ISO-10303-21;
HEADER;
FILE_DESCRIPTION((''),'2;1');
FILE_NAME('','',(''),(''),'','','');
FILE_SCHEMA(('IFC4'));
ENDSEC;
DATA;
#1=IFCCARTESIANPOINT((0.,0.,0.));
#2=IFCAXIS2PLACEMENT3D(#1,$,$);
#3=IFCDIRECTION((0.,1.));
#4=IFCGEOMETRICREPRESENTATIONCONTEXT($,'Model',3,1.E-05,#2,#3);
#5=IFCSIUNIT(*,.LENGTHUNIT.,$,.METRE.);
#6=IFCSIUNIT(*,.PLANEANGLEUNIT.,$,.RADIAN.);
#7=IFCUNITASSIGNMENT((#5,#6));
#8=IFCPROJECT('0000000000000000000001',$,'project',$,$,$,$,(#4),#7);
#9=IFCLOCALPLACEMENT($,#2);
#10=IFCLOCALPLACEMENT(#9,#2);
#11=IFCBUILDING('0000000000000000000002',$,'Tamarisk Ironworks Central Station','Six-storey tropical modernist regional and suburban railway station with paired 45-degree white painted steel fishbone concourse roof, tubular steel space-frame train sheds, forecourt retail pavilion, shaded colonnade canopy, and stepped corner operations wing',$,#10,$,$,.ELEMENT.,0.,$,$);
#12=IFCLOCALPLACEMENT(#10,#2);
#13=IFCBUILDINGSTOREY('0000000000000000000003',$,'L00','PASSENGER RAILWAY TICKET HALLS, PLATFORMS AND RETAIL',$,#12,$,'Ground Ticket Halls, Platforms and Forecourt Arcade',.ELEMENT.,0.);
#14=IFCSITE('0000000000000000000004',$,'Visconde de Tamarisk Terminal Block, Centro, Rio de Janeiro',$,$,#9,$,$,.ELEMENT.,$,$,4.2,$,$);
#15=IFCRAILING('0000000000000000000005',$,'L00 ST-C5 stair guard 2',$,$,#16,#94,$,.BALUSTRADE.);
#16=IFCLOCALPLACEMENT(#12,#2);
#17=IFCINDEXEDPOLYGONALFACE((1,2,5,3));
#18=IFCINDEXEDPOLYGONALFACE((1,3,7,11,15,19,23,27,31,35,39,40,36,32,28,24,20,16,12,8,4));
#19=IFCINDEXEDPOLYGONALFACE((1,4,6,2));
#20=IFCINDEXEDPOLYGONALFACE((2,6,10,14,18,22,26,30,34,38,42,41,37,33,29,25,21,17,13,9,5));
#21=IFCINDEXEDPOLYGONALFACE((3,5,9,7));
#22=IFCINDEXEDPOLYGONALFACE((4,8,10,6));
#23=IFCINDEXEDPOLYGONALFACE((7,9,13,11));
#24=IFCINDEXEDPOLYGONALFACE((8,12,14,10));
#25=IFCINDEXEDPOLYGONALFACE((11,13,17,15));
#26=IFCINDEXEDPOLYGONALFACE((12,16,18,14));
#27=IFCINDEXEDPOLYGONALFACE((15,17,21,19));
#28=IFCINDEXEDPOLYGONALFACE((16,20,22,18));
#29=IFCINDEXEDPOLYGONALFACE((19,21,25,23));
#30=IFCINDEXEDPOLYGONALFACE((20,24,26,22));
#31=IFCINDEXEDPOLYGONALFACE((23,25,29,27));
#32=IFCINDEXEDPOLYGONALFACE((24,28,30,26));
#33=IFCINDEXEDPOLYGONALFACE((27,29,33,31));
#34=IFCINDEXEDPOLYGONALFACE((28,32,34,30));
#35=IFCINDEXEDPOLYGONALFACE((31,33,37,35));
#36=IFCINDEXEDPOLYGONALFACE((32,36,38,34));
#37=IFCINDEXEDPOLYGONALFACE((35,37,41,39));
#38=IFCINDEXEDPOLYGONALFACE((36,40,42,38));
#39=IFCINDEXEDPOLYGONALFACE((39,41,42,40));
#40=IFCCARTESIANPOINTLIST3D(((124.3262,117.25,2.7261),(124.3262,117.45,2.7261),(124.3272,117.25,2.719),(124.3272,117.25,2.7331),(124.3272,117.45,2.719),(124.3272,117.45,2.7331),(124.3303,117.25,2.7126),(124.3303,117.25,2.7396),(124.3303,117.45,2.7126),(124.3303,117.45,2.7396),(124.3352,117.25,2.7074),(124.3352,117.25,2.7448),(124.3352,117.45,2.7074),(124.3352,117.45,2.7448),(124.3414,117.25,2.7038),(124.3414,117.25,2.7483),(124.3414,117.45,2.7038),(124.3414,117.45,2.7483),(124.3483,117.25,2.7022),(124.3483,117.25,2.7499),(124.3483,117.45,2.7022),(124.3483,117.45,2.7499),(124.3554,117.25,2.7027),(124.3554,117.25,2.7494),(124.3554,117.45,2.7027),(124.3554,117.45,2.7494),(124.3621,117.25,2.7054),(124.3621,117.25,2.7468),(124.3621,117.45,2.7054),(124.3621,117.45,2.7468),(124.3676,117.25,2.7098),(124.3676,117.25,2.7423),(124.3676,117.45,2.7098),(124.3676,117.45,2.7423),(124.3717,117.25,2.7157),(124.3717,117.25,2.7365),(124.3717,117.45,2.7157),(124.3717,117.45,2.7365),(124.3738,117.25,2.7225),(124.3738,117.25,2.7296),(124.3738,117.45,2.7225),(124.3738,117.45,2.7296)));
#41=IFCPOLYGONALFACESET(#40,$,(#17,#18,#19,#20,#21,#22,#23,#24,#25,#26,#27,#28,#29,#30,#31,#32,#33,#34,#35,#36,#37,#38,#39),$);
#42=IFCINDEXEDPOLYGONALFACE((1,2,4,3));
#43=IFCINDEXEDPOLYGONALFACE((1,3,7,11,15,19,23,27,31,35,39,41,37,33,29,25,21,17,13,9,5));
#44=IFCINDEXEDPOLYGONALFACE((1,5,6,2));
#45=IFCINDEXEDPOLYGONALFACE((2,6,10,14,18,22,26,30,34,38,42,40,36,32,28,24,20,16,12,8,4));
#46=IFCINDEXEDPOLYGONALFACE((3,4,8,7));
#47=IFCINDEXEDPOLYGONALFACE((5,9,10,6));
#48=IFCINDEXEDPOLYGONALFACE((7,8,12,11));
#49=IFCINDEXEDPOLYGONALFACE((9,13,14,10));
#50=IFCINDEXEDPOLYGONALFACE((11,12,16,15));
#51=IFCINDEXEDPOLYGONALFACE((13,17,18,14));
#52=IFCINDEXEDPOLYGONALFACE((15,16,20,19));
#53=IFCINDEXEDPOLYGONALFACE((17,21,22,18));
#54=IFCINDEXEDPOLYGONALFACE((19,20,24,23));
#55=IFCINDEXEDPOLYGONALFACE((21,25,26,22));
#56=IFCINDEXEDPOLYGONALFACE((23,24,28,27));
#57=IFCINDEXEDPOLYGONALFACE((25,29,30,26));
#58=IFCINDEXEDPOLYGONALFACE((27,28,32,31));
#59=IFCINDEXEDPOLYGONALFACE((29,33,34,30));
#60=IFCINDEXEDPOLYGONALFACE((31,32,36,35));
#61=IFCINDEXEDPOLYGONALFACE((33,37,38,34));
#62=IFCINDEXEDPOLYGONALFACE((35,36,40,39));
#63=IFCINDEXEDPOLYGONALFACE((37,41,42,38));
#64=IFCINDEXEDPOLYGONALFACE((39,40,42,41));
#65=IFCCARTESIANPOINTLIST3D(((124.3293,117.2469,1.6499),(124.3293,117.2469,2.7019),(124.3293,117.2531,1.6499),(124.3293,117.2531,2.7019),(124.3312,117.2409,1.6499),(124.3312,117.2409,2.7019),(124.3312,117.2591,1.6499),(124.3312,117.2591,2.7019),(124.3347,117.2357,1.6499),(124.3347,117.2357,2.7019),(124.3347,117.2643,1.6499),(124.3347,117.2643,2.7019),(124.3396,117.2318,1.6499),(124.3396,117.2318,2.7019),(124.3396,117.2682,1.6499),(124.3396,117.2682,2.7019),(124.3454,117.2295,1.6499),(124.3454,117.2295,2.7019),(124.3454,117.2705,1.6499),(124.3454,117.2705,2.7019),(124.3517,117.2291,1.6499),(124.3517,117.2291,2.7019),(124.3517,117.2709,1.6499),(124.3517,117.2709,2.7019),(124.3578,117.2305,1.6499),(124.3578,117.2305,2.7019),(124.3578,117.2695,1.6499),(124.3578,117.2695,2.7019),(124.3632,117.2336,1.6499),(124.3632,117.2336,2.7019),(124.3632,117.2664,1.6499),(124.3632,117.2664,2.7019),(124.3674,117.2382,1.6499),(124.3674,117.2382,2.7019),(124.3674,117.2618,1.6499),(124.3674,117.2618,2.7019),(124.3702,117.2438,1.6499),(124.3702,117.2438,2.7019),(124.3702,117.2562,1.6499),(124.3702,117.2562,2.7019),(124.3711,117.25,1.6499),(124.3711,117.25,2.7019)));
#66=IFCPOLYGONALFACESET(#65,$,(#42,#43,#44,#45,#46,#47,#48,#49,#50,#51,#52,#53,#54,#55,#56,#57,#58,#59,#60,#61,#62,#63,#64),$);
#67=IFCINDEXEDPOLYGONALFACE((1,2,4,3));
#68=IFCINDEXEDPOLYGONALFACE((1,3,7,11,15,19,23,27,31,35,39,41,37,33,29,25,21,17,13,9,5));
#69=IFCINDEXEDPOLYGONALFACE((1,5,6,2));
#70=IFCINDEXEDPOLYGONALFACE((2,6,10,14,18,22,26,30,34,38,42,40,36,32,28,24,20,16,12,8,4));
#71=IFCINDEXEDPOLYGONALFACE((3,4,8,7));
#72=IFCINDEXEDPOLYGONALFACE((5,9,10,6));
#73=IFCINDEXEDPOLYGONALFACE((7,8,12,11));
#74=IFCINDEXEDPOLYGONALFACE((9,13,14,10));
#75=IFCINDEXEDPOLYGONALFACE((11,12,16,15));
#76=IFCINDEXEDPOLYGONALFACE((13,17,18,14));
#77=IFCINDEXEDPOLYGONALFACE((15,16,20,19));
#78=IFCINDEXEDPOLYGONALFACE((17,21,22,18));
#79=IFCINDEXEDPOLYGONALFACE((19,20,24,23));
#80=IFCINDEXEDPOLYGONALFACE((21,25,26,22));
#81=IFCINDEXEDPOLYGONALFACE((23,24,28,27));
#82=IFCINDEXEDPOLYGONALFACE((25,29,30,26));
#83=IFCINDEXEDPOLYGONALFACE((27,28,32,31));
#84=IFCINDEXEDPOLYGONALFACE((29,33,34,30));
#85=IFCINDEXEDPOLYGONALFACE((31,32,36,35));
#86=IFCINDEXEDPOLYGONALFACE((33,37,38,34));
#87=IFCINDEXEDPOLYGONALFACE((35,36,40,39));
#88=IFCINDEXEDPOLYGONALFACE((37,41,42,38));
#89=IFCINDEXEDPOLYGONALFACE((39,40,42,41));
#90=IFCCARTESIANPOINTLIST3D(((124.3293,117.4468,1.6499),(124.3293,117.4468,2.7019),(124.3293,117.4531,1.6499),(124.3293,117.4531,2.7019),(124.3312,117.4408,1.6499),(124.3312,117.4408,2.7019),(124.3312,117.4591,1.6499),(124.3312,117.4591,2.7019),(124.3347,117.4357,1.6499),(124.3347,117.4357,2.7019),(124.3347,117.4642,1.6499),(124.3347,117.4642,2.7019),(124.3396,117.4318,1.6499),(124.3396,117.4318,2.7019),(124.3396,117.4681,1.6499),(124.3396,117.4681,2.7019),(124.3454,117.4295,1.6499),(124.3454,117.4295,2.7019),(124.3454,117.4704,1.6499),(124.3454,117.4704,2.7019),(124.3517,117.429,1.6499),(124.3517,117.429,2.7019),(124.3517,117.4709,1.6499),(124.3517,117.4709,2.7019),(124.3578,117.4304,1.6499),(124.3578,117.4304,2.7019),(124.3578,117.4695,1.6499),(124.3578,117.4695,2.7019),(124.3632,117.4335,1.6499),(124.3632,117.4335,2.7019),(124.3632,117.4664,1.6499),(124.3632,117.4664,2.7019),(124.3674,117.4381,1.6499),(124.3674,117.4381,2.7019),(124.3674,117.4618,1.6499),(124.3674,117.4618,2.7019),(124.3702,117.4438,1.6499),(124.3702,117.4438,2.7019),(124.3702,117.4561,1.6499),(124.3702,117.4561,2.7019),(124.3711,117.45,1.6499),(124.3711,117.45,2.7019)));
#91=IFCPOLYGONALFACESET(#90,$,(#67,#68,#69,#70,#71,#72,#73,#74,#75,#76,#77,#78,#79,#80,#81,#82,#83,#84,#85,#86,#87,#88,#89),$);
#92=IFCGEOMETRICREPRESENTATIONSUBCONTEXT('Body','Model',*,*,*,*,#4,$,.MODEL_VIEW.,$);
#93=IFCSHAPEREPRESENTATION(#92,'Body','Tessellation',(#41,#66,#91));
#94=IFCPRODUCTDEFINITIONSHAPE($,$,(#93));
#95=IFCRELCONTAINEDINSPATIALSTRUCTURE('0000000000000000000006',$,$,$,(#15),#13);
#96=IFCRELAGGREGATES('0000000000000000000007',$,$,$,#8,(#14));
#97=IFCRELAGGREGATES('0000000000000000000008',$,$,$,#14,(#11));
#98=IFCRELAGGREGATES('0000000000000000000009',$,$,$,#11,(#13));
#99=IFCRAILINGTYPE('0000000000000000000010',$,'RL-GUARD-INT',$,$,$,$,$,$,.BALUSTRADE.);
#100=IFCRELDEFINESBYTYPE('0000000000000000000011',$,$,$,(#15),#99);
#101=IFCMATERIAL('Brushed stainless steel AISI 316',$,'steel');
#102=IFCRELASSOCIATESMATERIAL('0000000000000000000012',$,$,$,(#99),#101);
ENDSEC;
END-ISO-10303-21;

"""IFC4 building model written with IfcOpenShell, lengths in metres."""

from ifc_helpers import new_model, si_unit, direction, frame, origin, origin_2d, place, context, subcontext, project, spatial, circle, extrude, material, type_object, element, save


model = new_model("IFC4")

# Units and contexts
model_context = context("Model", 3, precision=1e-05, world=origin(), true_north=direction((0.0, 1.0)))
body_context = subcontext(model_context, "Body", "Model", "MODEL_VIEW")
ifc_project = project(units=[si_unit("LENGTHUNIT", "METRE"), si_unit("PLANEANGLEUNIT", "RADIAN")], contexts=[model_context])

# Site, building, storey
site_placement = place(None, origin())
site = spatial("IfcSite", under=ifc_project, at=site_placement, Name="Visconde de Tamarisk Terminal Block, Centro, Rio de Janeiro", CompositionType="ELEMENT", RefElevation=4.2)
building_placement = place(site_placement, origin())
building = spatial("IfcBuilding", under=site, at=building_placement, Name="Tamarisk Ironworks Central Station", Description="Six-storey tropical modernist regional and suburban railway station with paired 45-degree white painted steel fishbone concourse roof, tubular steel space-frame train sheds, forecourt retail pavilion, shaded colonnade canopy, and stepped corner operations wing", CompositionType="ELEMENT", ElevationOfRefHeight=0.0)
storey_placement = place(building_placement, origin())
storey = spatial("IfcBuildingStorey", under=building, at=storey_placement, Name="L00", Description="PASSENGER RAILWAY TICKET HALLS, PLATFORMS AND RETAIL", LongName="Ground Ticket Halls, Platforms and Forecourt Arcade", CompositionType="ELEMENT", Elevation=0.0)

# Railing
ifc_material_1 = material(Name="Brushed stainless steel AISI 316", Category="steel")
railing_type_1 = type_object("IfcRailingType", Name="RL-GUARD-INT", PredefinedType="BALUSTRADE", material=ifc_material_1)
railing_1_placement = place(storey_placement, frame((124.3501, 117.25, 1.6499)))
element("IfcRailing", 1, at=railing_1_placement, inside=storey, type_object=railing_type_1, Name="L00 ST-C5 stair guard 2", PredefinedType="BALUSTRADE", context=body_context, shape_type="SweptSolid", body=[
    extrude(circle(Radius=0.0239, at=origin_2d()), frame((0.0, 0.0, 1.0762), z_axis=(0.0, 1.0, 0.0), x_axis=(-1.0, 0.0, 0.0)), (0.0, 0.0, 1.0), 0.2),
    extrude(circle(Radius=0.021, at=origin_2d()), origin(), (0.0, 0.0, 1.0), 1.052),
    extrude(circle(Radius=0.021, at=origin_2d()), frame((0.0, 0.2, 0.0)), (0.0, 0.0, 1.0), 1.052),
])

save(model, "model.ifc")
